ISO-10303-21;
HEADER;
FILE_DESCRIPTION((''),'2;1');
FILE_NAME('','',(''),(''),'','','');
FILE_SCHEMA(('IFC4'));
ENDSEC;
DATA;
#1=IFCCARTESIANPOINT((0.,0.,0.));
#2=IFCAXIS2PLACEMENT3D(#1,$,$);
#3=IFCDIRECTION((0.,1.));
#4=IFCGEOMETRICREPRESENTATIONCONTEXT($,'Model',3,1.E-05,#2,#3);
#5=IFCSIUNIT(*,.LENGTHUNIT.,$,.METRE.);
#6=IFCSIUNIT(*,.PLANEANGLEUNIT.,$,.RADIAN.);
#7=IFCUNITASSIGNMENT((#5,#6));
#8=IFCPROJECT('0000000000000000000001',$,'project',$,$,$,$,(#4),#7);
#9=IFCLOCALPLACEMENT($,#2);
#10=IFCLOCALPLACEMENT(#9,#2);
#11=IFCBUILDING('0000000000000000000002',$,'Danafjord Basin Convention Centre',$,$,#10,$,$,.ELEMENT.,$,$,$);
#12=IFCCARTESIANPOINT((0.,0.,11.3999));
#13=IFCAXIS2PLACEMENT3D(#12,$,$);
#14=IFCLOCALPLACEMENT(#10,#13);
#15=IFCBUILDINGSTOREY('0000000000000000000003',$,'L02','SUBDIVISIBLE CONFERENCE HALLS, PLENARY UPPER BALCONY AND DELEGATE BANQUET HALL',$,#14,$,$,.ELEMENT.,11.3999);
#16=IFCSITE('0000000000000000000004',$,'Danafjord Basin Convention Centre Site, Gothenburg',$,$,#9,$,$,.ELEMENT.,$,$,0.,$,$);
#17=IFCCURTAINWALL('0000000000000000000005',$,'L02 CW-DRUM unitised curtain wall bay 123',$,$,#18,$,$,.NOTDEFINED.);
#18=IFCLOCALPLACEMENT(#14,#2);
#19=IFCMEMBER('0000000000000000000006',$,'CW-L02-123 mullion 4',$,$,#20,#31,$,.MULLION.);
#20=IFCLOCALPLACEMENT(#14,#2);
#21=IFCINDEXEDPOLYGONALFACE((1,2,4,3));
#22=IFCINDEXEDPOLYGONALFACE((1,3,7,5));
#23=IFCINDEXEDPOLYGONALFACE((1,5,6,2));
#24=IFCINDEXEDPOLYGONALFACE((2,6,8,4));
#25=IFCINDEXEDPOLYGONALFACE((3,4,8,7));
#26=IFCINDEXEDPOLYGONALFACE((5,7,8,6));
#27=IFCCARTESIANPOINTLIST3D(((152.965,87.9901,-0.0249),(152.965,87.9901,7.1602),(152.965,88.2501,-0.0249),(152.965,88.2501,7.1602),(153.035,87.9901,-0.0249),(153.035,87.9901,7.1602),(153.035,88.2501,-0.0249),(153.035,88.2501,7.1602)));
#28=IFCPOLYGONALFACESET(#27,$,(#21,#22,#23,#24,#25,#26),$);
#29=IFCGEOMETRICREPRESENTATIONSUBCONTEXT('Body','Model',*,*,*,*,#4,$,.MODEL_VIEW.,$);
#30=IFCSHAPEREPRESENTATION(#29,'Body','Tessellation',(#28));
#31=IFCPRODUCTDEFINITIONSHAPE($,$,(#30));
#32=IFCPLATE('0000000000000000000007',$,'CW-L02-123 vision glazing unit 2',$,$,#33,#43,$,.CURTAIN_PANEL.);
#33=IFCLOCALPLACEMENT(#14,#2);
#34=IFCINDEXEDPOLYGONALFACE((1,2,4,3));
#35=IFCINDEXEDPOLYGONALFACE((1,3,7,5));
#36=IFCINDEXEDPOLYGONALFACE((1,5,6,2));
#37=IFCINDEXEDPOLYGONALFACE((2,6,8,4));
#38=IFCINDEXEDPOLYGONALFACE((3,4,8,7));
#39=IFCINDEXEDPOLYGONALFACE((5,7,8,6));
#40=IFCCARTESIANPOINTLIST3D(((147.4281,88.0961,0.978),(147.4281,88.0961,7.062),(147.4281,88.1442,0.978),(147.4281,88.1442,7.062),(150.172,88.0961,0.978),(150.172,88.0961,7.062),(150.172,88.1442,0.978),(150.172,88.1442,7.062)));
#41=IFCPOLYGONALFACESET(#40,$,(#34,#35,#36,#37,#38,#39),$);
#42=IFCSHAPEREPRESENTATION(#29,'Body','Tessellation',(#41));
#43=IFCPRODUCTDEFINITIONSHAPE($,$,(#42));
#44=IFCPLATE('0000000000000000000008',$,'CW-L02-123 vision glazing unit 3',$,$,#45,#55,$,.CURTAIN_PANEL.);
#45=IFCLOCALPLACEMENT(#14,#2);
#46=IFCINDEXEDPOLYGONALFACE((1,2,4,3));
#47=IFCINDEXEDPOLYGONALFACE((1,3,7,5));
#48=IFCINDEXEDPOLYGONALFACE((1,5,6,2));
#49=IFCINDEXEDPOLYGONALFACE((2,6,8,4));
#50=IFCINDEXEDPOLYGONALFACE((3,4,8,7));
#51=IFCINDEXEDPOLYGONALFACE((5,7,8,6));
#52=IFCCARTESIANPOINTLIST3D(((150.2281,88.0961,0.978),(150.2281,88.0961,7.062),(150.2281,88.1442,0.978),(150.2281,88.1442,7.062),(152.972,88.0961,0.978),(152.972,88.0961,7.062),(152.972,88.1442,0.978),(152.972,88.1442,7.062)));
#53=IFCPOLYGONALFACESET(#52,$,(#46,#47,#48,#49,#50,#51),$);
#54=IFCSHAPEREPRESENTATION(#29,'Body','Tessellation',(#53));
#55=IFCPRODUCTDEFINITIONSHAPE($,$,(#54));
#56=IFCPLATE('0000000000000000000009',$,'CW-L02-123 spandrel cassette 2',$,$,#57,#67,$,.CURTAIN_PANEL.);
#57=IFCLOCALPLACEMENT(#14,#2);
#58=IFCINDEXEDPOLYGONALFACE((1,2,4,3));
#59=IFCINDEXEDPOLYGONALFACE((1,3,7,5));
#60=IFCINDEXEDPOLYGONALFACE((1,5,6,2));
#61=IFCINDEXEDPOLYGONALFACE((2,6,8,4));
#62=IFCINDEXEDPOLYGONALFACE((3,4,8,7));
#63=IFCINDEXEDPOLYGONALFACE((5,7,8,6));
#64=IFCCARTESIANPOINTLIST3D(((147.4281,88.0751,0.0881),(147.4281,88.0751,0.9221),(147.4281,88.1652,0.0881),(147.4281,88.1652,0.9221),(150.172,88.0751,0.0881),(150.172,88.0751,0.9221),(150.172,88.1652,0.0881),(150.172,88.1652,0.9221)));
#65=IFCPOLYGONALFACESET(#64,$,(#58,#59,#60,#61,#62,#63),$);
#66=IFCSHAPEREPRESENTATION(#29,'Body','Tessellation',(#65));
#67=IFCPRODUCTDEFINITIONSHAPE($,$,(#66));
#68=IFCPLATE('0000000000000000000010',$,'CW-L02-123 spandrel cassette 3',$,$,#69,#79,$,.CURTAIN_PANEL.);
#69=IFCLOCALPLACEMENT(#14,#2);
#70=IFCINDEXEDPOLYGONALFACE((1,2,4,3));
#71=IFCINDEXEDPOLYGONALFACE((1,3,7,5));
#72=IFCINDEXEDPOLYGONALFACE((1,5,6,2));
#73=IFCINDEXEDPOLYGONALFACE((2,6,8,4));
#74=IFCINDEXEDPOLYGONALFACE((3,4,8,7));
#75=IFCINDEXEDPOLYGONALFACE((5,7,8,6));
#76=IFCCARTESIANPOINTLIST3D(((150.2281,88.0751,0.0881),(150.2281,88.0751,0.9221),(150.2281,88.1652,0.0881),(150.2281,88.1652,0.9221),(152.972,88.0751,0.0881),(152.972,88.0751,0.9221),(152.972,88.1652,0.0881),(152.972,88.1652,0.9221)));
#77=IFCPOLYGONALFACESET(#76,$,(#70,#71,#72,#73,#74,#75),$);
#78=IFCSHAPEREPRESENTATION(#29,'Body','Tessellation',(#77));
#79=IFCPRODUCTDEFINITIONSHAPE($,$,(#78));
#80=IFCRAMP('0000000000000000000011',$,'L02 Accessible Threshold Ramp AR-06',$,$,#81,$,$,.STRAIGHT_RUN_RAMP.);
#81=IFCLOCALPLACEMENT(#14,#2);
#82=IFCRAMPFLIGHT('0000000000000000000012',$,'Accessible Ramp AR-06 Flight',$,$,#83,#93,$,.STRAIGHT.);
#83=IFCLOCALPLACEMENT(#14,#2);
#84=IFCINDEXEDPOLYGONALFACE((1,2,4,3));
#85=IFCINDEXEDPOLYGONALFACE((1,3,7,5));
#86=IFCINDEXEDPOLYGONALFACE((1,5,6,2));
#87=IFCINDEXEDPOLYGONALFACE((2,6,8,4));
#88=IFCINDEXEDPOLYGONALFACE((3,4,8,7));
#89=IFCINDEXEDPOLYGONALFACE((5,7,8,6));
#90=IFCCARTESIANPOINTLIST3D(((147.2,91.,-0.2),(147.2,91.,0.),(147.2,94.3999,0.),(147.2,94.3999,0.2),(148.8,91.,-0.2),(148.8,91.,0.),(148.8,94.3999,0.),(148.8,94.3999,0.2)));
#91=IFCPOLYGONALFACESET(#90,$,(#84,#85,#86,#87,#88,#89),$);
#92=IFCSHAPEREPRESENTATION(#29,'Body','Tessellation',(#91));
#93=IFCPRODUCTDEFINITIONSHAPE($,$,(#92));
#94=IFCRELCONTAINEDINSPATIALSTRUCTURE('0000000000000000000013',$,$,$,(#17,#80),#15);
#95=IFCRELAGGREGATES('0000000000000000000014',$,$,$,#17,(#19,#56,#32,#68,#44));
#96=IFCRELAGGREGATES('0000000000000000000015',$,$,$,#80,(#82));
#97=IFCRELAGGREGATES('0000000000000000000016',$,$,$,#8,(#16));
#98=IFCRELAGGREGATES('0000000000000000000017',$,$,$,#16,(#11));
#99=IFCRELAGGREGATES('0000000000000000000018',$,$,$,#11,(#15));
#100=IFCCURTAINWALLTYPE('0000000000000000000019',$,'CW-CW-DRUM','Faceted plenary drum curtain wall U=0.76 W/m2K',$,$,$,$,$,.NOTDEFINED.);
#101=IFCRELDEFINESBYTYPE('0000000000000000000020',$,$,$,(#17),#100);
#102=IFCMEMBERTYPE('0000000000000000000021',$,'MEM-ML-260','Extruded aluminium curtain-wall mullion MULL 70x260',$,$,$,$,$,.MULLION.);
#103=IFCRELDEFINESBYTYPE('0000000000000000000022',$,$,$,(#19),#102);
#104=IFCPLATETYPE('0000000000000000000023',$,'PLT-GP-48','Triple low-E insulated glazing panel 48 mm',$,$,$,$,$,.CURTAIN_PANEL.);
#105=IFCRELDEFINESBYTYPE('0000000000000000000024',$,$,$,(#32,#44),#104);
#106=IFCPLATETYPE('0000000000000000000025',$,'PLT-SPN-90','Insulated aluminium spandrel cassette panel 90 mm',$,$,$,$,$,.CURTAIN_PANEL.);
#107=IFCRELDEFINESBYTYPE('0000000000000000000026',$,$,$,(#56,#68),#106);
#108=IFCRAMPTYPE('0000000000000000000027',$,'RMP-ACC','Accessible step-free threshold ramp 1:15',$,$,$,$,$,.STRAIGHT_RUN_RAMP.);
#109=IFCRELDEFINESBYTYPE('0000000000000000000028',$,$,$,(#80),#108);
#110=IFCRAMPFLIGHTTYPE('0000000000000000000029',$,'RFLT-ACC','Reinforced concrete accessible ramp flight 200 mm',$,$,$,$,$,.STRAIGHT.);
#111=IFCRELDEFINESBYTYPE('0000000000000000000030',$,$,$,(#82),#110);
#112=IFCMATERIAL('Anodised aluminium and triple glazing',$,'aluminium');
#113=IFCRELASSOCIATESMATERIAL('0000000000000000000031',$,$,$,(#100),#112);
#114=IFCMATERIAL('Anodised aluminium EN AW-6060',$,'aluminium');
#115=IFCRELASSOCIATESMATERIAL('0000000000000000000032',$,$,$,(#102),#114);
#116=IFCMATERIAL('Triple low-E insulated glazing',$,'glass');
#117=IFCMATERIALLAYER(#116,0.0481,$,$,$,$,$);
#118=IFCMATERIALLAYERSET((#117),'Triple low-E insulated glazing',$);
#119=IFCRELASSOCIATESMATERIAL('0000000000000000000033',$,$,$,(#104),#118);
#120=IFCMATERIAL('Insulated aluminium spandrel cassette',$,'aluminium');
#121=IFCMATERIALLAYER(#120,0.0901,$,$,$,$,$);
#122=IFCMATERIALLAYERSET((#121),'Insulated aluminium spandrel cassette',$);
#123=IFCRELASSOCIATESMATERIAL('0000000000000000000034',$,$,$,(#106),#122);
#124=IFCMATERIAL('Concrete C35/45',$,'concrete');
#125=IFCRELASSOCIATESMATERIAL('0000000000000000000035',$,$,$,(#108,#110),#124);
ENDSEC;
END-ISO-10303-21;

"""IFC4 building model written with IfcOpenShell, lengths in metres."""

from ifc_helpers import new_model, si_unit, direction, frame, origin, origin_2d, place, context, subcontext, project, spatial, polyline, rectangle, outline, extrude, material, layer, layer_set, material_profile, profile_set, type_object, element, aggregate, save


model = new_model("IFC4")

# Units and contexts
model_context = context("Model", 3, precision=1e-05, world=origin(), true_north=direction((0.0, 1.0)))
body_context = subcontext(model_context, "Body", "Model", "MODEL_VIEW")
ifc_project = project(units=[si_unit("LENGTHUNIT", "METRE"), si_unit("PLANEANGLEUNIT", "RADIAN")], contexts=[model_context])

# Site, building, storey
site_placement = place(None, origin())
site = spatial("IfcSite", under=ifc_project, at=site_placement, Name="Danafjord Basin Convention Centre Site, Gothenburg", CompositionType="ELEMENT", RefElevation=0.0)
building_placement = place(site_placement, origin())
building = spatial("IfcBuilding", under=site, at=building_placement, Name="Danafjord Basin Convention Centre", CompositionType="ELEMENT")
storey_placement = place(building_placement, frame((0.0, 0.0, 11.3999)))
storey = spatial("IfcBuildingStorey", under=building, at=storey_placement, Name="L02", Description="SUBDIVISIBLE CONFERENCE HALLS, PLENARY UPPER BALCONY AND DELEGATE BANQUET HALL", CompositionType="ELEMENT", Elevation=11.3999)

# Curtain wall, member, plates
ifc_material_1 = material(Name="Anodised aluminium and triple glazing", Category="aluminium")
curtain_wall_type = type_object("IfcCurtainWallType", Name="CW-CW-DRUM", Description="Faceted plenary drum curtain wall U=0.76 W/m2K", PredefinedType="NOTDEFINED", material=ifc_material_1)
curtain_wall_placement = place(storey_placement, origin())
curtain_wall = element("IfcCurtainWall", 1, at=curtain_wall_placement, inside=storey, type_object=curtain_wall_type, Name="L02 CW-DRUM unitised curtain wall bay 123", PredefinedType="NOTDEFINED")
ifc_material_2 = material(Name="Anodised aluminium EN AW-6060", Category="aluminium")
ifc_material_profile_1 = material_profile(ifc_material_2, rectangle(XDim=0.0701, YDim=0.26, at=origin_2d()), Name="MULL 70x260")
ifc_profile_set_1 = profile_set([ifc_material_profile_1], Name="Anodised aluminium EN AW-6060")
member_type = type_object("IfcMemberType", Name="MEM-ML-260", Description="Extruded aluminium curtain-wall mullion MULL 70x260", PredefinedType="MULLION", material=ifc_profile_set_1)
member_1_placement = place(storey_placement, frame((153.0, 88.1201, -0.0249), z_axis=(0.0, 0.0, 1.0), x_axis=(1.0, 0.0, 0.0)))
member_1 = element("IfcMember", 2, at=member_1_placement, type_object=member_type, Name="CW-L02-123 mullion 4", PredefinedType="MULLION", context=body_context, shape_type="SweptSolid", body=[
    extrude(rectangle(XDim=0.0701, YDim=0.26, at=origin_2d()), origin(), (0.0, 0.0, 1.0), 7.1851),
])
ifc_material_3 = material(Name="Triple low-E insulated glazing", Category="glass")
ifc_layer_1 = layer(ifc_material_3, 0.0481)
ifc_layer_set_1 = layer_set([ifc_layer_1], Name="Triple low-E insulated glazing")
plate_type_1 = type_object("IfcPlateType", Name="PLT-GP-48", Description="Triple low-E insulated glazing panel 48 mm", PredefinedType="CURTAIN_PANEL", material=ifc_layer_set_1)
plate_1_placement = place(storey_placement, frame((148.8, 88.1201, 0.978), z_axis=(0.0, 0.0, 1.0), x_axis=(1.0, 0.0, 0.0)))
plate_1 = element("IfcPlate", 3, at=plate_1_placement, type_object=plate_type_1, Name="CW-L02-123 vision glazing unit 2", PredefinedType="CURTAIN_PANEL", context=body_context, shape_type="SweptSolid", body=[
    extrude(rectangle(XDim=2.7439, YDim=0.0481, at=origin_2d()), origin(), (0.0, 0.0, 1.0), 6.084),
])
plate_2_placement = place(storey_placement, frame((151.6001, 88.1201, 0.978), z_axis=(0.0, 0.0, 1.0), x_axis=(1.0, 0.0, 0.0)))
plate_2 = element("IfcPlate", 4, at=plate_2_placement, type_object=plate_type_1, Name="CW-L02-123 vision glazing unit 3", PredefinedType="CURTAIN_PANEL", context=body_context, shape_type="SweptSolid", body=[
    extrude(rectangle(XDim=2.7439, YDim=0.0481, at=origin_2d()), origin(), (0.0, 0.0, 1.0), 6.084),
])
ifc_material_4 = material(Name="Insulated aluminium spandrel cassette", Category="aluminium")
ifc_layer_2 = layer(ifc_material_4, 0.0901)
ifc_layer_set_2 = layer_set([ifc_layer_2], Name="Insulated aluminium spandrel cassette")
plate_type_2 = type_object("IfcPlateType", Name="PLT-SPN-90", Description="Insulated aluminium spandrel cassette panel 90 mm", PredefinedType="CURTAIN_PANEL", material=ifc_layer_set_2)
plate_3_placement = place(storey_placement, frame((148.8, 88.1201, 0.0881), z_axis=(0.0, 0.0, 1.0), x_axis=(1.0, 0.0, 0.0)))
plate_3 = element("IfcPlate", 5, at=plate_3_placement, type_object=plate_type_2, Name="CW-L02-123 spandrel cassette 2", PredefinedType="CURTAIN_PANEL", context=body_context, shape_type="SweptSolid", body=[
    extrude(rectangle(XDim=2.7439, YDim=0.0901, at=origin_2d()), origin(), (0.0, 0.0, 1.0), 0.834),
])
plate_4_placement = place(storey_placement, frame((151.6001, 88.1201, 0.0881), z_axis=(0.0, 0.0, 1.0), x_axis=(1.0, 0.0, 0.0)))
plate_4 = element("IfcPlate", 6, at=plate_4_placement, type_object=plate_type_2, Name="CW-L02-123 spandrel cassette 3", PredefinedType="CURTAIN_PANEL", context=body_context, shape_type="SweptSolid", body=[
    extrude(rectangle(XDim=2.7439, YDim=0.0901, at=origin_2d()), origin(), (0.0, 0.0, 1.0), 0.834),
])
aggregate(curtain_wall, [member_1, plate_3, plate_1, plate_4, plate_2])

# Ramp, ramp flight
ifc_material_5 = material(Name="Concrete C35/45", Category="concrete")
ramp_type = type_object("IfcRampType", Name="RMP-ACC", Description="Accessible step-free threshold ramp 1:15", PredefinedType="STRAIGHT_RUN_RAMP", material=ifc_material_5)
ramp_placement = place(storey_placement, origin())
ramp = element("IfcRamp", 7, at=ramp_placement, inside=storey, type_object=ramp_type, Name="L02 Accessible Threshold Ramp AR-06", PredefinedType="STRAIGHT_RUN_RAMP")
ramp_flight_type = type_object("IfcRampFlightType", Name="RFLT-ACC", Description="Reinforced concrete accessible ramp flight 200 mm", PredefinedType="STRAIGHT", material=ifc_material_5)
ramp_flight_placement = place(storey_placement, frame((148.0, 91.0, 0.0), z_axis=(0.0, 0.0, 1.0), x_axis=(0.0, 1.0, 0.0)))
ramp_flight = element("IfcRampFlight", 8, at=ramp_flight_placement, type_object=ramp_flight_type, Name="Accessible Ramp AR-06 Flight", PredefinedType="STRAIGHT", context=body_context, shape_type="SweptSolid", body=[
    extrude(outline(polyline([(0.0, 0.0), (3.3999, 0.2), (3.3999, 0.0), (0.0, -0.2), (0.0, 0.0)])), frame((0.0, 0.8, 0.0), z_axis=(0.0, -1.0, 0.0), x_axis=(1.0, 0.0, 0.0)), (0.0, 0.0, 1.0), 1.6001),
])
aggregate(ramp, [ramp_flight])

save(model, "model.ifc")
